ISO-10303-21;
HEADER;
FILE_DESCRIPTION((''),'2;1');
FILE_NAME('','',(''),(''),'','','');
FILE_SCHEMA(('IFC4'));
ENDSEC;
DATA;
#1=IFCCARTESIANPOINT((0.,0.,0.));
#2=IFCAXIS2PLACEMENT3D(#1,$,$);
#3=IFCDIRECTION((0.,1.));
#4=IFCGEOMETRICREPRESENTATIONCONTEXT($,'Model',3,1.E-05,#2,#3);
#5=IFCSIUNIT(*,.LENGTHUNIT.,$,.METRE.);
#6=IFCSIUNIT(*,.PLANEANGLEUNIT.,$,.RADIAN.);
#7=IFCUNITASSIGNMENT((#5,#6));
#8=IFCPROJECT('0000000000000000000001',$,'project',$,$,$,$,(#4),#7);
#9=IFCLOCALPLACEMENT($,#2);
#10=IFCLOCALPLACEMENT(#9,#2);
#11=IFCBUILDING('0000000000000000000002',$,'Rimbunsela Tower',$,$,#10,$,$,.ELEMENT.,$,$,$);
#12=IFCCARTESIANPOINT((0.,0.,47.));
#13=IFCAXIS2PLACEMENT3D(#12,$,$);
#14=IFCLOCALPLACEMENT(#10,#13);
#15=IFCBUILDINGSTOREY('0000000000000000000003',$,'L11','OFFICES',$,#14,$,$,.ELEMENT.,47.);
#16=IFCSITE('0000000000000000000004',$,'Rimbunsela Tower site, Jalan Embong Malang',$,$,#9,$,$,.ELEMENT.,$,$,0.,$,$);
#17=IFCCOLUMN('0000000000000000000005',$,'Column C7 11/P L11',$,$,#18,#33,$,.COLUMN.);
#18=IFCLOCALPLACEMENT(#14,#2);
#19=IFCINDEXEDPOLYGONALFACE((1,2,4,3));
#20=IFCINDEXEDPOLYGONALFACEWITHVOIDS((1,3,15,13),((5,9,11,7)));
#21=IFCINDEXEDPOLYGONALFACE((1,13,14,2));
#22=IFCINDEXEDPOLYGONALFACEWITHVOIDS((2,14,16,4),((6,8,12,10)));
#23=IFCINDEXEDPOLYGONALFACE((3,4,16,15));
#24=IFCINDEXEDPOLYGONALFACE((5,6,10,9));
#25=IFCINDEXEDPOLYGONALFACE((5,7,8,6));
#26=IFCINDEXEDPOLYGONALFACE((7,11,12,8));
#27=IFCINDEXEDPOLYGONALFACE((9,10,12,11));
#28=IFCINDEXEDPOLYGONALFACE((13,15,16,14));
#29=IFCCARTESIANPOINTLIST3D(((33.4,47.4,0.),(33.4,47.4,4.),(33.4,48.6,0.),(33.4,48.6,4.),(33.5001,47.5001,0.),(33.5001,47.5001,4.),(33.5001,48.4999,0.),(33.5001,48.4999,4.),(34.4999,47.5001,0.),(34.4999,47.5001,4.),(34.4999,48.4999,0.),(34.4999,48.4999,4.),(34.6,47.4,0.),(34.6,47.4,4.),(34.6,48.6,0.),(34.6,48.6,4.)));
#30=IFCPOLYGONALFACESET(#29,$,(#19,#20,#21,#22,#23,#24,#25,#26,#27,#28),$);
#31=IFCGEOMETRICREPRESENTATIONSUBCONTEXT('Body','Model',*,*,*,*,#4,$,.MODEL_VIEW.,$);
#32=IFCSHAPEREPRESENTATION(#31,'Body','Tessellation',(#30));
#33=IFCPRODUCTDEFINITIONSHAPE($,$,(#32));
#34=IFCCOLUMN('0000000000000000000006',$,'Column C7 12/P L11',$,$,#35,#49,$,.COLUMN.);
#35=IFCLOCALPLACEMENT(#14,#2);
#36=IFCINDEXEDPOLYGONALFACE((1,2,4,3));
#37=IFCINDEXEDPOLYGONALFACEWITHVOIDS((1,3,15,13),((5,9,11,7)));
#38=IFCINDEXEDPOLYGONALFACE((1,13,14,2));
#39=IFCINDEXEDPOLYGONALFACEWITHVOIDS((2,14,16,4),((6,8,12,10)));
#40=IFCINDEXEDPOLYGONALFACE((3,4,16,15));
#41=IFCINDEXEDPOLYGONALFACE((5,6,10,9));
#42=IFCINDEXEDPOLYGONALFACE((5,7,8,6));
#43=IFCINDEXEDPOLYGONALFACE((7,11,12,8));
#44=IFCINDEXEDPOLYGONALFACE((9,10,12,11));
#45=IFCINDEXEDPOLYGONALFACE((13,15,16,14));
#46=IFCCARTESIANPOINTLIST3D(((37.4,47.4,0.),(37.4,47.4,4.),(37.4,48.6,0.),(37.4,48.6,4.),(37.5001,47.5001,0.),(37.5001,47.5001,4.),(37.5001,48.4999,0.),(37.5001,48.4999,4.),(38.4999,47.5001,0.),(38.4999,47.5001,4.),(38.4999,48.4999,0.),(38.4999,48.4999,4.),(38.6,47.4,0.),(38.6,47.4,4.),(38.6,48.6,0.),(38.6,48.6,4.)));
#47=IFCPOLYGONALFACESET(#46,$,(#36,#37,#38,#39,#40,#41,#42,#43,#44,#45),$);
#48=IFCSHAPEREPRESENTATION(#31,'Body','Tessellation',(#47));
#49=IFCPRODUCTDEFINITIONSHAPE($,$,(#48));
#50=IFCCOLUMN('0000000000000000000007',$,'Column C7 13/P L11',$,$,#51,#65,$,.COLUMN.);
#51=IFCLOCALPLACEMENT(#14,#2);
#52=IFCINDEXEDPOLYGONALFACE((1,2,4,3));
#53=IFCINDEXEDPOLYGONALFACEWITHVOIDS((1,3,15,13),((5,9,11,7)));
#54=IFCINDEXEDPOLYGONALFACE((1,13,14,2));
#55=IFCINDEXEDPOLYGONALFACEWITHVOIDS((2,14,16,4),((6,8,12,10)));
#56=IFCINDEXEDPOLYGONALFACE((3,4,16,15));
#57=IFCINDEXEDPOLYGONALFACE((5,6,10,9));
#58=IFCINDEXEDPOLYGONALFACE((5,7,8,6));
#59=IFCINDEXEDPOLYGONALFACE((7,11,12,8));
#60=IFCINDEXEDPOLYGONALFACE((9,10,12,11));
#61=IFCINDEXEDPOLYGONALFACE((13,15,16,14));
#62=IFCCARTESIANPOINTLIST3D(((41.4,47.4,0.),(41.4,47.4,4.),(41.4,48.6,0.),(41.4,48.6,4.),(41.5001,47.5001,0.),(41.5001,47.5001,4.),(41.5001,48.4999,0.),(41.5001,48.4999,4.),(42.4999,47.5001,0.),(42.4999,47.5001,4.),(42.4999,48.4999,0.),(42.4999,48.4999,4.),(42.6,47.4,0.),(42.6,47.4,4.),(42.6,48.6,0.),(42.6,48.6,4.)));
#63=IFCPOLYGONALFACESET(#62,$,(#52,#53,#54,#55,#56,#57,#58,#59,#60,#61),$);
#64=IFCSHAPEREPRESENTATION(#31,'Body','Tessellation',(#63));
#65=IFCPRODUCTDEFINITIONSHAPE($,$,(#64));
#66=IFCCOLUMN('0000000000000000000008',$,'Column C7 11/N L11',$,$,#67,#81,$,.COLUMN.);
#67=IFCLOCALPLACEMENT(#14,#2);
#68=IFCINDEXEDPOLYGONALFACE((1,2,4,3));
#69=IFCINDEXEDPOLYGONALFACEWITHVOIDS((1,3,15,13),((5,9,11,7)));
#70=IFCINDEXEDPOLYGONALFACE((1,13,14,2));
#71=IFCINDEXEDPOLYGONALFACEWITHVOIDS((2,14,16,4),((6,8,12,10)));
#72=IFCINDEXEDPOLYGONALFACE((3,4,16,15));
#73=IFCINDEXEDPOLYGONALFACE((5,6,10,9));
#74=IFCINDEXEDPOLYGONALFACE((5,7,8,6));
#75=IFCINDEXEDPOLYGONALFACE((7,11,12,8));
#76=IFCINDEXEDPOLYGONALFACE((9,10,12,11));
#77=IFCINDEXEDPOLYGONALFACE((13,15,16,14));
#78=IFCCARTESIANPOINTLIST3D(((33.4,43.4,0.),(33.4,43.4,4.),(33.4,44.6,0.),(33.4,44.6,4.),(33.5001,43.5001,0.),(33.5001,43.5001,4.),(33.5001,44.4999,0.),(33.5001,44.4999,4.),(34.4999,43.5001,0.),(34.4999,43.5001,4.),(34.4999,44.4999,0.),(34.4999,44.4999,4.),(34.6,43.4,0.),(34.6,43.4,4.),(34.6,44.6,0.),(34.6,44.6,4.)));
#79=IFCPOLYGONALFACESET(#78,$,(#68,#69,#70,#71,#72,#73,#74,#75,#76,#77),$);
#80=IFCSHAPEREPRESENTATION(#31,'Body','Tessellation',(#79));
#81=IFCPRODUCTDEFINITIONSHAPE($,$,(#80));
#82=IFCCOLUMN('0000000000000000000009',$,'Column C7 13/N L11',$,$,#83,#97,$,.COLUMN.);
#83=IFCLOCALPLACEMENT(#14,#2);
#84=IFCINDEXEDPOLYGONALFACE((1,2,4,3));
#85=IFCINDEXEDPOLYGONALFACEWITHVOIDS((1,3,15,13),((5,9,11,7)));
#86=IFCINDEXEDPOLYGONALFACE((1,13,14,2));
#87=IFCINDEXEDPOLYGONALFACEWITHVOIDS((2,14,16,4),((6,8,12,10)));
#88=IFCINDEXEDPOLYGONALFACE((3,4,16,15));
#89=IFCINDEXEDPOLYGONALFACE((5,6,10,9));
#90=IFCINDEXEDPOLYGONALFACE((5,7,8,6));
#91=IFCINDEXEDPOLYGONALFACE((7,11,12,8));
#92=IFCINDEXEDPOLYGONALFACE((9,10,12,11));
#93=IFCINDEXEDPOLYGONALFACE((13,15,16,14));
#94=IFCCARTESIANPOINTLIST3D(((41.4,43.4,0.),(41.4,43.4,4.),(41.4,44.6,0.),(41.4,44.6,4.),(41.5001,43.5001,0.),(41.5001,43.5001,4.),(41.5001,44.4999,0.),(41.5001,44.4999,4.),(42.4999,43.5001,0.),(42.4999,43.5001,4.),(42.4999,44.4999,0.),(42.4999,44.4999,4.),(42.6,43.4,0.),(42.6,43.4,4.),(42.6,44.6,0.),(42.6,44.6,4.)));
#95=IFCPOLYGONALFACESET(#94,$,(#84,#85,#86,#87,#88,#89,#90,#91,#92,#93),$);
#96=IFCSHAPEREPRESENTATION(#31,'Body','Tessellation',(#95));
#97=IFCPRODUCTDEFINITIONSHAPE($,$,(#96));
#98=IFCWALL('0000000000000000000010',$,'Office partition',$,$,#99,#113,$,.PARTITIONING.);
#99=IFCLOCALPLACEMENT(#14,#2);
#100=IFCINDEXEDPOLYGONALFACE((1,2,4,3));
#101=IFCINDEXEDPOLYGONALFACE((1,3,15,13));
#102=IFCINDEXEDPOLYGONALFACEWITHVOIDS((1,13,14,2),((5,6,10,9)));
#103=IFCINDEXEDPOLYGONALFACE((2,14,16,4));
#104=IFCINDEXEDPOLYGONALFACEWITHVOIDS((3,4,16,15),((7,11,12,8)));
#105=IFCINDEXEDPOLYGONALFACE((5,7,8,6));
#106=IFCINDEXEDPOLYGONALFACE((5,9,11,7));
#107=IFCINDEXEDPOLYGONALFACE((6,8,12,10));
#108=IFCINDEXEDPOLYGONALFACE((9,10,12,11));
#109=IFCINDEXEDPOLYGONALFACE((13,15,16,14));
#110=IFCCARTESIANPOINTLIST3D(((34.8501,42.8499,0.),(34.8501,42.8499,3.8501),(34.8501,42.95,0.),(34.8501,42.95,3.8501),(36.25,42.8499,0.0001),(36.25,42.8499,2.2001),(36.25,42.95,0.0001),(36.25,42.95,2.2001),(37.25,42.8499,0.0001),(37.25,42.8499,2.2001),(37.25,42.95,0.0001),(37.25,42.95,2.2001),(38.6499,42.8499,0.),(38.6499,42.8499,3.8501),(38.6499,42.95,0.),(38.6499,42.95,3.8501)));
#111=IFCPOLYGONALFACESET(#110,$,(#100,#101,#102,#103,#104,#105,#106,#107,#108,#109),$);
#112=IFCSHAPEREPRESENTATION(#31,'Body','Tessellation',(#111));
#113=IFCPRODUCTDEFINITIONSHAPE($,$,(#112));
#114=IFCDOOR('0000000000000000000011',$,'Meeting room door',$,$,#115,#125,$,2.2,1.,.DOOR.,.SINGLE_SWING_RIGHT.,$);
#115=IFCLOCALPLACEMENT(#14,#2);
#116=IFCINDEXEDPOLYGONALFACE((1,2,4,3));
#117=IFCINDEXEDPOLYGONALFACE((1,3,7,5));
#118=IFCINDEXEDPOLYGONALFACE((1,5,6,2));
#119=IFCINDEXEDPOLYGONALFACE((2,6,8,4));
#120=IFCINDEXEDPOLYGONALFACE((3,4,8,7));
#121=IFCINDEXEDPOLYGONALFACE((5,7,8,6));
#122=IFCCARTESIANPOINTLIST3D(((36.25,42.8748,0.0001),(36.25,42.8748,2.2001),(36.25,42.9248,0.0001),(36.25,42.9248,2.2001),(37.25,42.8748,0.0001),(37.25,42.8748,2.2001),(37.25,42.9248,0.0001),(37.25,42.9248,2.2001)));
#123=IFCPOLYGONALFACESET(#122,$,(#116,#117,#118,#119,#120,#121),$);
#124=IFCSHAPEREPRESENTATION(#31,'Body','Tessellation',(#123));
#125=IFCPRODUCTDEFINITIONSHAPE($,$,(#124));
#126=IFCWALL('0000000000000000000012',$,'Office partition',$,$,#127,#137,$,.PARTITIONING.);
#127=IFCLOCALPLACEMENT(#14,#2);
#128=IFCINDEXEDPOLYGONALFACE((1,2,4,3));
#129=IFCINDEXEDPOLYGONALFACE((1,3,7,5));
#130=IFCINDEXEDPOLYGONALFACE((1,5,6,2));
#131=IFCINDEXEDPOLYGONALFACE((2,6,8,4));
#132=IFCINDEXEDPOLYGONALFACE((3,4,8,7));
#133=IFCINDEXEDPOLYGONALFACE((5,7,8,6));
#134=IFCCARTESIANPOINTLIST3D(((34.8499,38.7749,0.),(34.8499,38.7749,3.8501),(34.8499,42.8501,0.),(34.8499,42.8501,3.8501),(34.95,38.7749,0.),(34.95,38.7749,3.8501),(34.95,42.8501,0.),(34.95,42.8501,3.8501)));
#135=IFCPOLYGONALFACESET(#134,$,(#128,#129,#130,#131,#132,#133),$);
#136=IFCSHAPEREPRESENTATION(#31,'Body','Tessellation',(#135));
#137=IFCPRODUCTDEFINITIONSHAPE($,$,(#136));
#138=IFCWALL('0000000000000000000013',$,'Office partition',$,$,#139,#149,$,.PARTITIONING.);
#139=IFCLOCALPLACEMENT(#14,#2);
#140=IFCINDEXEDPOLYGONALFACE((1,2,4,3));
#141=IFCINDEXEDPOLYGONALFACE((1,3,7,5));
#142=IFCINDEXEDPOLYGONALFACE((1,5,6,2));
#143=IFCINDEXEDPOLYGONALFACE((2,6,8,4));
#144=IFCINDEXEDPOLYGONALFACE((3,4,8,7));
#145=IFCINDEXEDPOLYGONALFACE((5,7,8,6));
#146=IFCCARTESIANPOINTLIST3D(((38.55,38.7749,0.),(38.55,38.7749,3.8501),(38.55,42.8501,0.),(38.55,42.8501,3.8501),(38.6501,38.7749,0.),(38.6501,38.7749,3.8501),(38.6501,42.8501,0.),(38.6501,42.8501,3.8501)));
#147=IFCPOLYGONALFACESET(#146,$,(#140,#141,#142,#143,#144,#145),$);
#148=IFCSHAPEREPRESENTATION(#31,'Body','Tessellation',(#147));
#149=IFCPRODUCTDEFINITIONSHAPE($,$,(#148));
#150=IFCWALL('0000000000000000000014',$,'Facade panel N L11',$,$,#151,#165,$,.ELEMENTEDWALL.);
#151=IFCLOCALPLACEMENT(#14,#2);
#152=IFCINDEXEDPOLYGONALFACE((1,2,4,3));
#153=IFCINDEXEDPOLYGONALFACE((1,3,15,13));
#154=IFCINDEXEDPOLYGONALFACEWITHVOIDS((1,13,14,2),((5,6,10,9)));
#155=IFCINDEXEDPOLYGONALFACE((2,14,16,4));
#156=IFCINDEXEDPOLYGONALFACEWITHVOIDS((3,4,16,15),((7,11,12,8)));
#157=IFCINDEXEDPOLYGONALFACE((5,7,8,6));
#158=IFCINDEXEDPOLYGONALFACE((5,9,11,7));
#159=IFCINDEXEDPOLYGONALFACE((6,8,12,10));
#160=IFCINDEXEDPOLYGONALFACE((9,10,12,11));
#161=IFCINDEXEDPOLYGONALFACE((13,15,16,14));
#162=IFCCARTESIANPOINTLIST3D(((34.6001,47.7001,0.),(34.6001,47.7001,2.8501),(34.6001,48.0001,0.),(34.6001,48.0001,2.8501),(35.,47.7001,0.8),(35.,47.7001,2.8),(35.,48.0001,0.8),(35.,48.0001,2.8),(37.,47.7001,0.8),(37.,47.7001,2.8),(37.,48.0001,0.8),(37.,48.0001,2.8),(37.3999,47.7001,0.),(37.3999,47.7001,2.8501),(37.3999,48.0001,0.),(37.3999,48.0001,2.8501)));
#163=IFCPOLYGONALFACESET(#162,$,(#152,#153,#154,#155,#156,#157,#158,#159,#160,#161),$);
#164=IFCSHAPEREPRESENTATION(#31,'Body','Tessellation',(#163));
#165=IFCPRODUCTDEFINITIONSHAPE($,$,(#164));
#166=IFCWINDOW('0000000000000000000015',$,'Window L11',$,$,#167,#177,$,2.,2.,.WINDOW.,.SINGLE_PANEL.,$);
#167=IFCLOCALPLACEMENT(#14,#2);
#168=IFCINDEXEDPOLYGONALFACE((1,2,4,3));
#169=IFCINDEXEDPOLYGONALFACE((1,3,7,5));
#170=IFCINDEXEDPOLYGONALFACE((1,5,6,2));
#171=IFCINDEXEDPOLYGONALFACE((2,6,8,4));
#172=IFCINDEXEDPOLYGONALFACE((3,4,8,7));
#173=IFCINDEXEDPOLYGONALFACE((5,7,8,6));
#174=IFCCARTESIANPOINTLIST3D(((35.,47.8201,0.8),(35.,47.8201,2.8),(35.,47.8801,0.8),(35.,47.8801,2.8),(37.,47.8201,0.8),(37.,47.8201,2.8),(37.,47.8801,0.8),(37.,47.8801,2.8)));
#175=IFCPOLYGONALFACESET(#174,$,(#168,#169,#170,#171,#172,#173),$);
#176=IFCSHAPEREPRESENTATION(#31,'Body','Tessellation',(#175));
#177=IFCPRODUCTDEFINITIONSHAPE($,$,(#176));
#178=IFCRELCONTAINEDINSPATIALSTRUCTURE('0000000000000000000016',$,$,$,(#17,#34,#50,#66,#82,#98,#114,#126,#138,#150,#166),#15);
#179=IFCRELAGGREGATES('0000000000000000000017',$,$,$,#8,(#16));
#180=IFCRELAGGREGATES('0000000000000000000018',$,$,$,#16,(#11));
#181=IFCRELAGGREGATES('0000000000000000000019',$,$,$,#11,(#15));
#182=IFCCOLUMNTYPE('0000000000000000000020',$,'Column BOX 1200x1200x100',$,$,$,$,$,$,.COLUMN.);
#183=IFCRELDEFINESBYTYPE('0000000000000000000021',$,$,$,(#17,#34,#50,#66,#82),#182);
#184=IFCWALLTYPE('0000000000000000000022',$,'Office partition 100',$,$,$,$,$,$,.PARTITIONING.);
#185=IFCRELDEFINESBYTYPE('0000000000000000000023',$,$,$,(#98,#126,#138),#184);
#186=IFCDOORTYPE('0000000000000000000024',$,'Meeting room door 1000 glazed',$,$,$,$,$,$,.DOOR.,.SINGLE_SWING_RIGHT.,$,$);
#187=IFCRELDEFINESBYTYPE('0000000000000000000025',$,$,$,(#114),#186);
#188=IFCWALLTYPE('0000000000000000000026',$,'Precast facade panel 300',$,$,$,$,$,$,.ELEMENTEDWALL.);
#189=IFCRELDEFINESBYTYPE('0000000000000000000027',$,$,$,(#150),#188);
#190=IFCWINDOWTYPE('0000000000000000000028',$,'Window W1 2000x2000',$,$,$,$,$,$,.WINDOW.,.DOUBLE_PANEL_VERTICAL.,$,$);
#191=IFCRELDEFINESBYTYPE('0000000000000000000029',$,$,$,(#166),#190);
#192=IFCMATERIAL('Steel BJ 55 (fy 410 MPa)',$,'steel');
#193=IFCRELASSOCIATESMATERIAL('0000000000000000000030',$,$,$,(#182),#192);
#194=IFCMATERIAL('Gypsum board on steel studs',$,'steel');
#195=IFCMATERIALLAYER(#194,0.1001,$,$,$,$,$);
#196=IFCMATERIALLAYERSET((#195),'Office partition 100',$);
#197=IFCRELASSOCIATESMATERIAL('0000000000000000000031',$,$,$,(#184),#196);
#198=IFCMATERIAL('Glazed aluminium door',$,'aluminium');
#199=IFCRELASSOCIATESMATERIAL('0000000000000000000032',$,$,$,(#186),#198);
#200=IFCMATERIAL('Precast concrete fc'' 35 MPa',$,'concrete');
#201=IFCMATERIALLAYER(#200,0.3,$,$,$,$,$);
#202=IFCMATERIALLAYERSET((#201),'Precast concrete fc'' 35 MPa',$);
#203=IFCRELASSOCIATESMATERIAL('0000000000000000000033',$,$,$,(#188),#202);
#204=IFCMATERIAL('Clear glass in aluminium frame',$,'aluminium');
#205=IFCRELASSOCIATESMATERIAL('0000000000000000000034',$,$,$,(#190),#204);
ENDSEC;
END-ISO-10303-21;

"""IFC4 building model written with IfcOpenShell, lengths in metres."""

from ifc_helpers import new_model, si_unit, direction, frame, frame_2d, origin, origin_2d, place, context, subcontext, project, spatial, rectangle, hollow_rectangle, extrude, material, layer, layer_set, material_profile, profile_set, type_object, element, fill, save


model = new_model("IFC4")

# Units and contexts
model_context = context("Model", 3, precision=1e-05, world=origin(), true_north=direction((0.0, 1.0)))
body_context = subcontext(model_context, "Body", "Model", "MODEL_VIEW")
ifc_project = project(units=[si_unit("LENGTHUNIT", "METRE"), si_unit("PLANEANGLEUNIT", "RADIAN")], contexts=[model_context])

# Site, building, storey
site_placement = place(None, origin())
site = spatial("IfcSite", under=ifc_project, at=site_placement, Name="Rimbunsela Tower site, Jalan Embong Malang", CompositionType="ELEMENT", RefElevation=0.0)
building_placement = place(site_placement, origin())
building = spatial("IfcBuilding", under=site, at=building_placement, Name="Rimbunsela Tower", CompositionType="ELEMENT")
storey_placement = place(building_placement, frame((0.0, 0.0, 47.0)))
storey = spatial("IfcBuildingStorey", under=building, at=storey_placement, Name="L11", Description="OFFICES", CompositionType="ELEMENT", Elevation=47.0)

# Columns
ifc_material_1 = material(Name="Steel BJ 55 (fy 410 MPa)", Category="steel")
ifc_material_profile = material_profile(ifc_material_1, hollow_rectangle(XDim=1.2, YDim=1.2, WallThickness=0.1001, at=origin_2d()), Name="BOX 1200x1200x100")
ifc_profile_set = profile_set([ifc_material_profile], Name="Steel BJ 55 (fy 410 MPa)")
column_type = type_object("IfcColumnType", Name="Column BOX 1200x1200x100", PredefinedType="COLUMN", material=ifc_profile_set)
for number, where, z_axis, x_axis, name in (
    (1, (34.0, 48.0, 0.0), (0.0, 0.0, 1.0), (1.0, 0.0, 0.0), "Column C7 11/P L11"),
    (2, (38.0, 48.0, 0.0), (0.0, 0.0, 1.0), (1.0, 0.0, 0.0), "Column C7 12/P L11"),
    (3, (42.0, 48.0, 0.0), (0.0, 0.0, 1.0), (1.0, 0.0, 0.0), "Column C7 13/P L11"),
    (4, (34.0, 44.0, 0.0), (0.0, 0.0, 1.0), (1.0, 0.0, 0.0), "Column C7 11/N L11"),
    (5, (42.0, 44.0, 0.0), (0.0, 0.0, 1.0), (1.0, 0.0, 0.0), "Column C7 13/N L11"),
):
    element("IfcColumn", number, at=place(storey_placement, frame(where, z_axis=z_axis, x_axis=x_axis)), inside=storey, type_object=column_type, Name=name, PredefinedType="COLUMN", context=body_context, shape_type="SweptSolid", body=[
        extrude(hollow_rectangle(XDim=1.2, YDim=1.2, WallThickness=0.1001, at=origin_2d()), origin(), (0.0, 0.0, 1.0), 4.0),
    ])

# Wall, opening, door
ifc_material_2 = material(Name="Gypsum board on steel studs", Category="steel")
ifc_layer_1 = layer(ifc_material_2, 0.1001)
ifc_layer_set_1 = layer_set([ifc_layer_1], Name="Office partition 100")
wall_type_1 = type_object("IfcWallType", Name="Office partition 100", PredefinedType="PARTITIONING", material=ifc_layer_set_1)
wall_1_placement = place(storey_placement, frame((34.8501, 42.8999, 0.0), z_axis=(0.0, 0.0, 1.0), x_axis=(1.0, 0.0, 0.0)))
wall_1 = element("IfcWall", 6, at=wall_1_placement, inside=storey, type_object=wall_type_1, Name="Office partition", PredefinedType="PARTITIONING", context=body_context, shape_type="SweptSolid", body=[
    extrude(rectangle(XDim=3.7998, YDim=0.1001, at=frame_2d((1.8999, 0.0))), origin(), (0.0, 0.0, 1.0), 3.8501),
])
opening_1_placement = place(wall_1_placement, frame((1.3999, 0.0, 0.0)))
opening_1 = element("IfcOpeningElement", 7, at=opening_1_placement, cuts=wall_1, PredefinedType="OPENING", context=body_context, shape_type="SweptSolid", body=[
    extrude(rectangle(XDim=1.0, YDim=2.2, at=frame_2d((0.5, 1.1001))), frame((0.0, 0.0601, 0.0), z_axis=(0.0, -1.0, 0.0), x_axis=(1.0, 0.0, 0.0)), (0.0, 0.0, 1.0), 0.1201),
])
ifc_material_3 = material(Name="Glazed aluminium door", Category="aluminium")
door_type = type_object("IfcDoorType", Name="Meeting room door 1000 glazed", OperationType="SINGLE_SWING_RIGHT", PredefinedType="DOOR", material=ifc_material_3)
door_placement = place(opening_1_placement, origin())
door = element("IfcDoor", 8, at=door_placement, inside=storey, type_object=door_type, Name="Meeting room door", OperationType="SINGLE_SWING_RIGHT", OverallHeight=2.2, OverallWidth=1.0, PredefinedType="DOOR", context=body_context, shape_type="SweptSolid", body=[
    extrude(rectangle(XDim=1.0, YDim=2.2, at=frame_2d((0.5, 1.1001))), frame((0.0, 0.0249, 0.0), z_axis=(0.0, -1.0, 0.0), x_axis=(1.0, 0.0, 0.0)), (0.0, 0.0, 1.0), 0.05),
])
fill(opening_1, door)

# Walls
for number, where, z_axis, x_axis, name in (
    (9, (34.8999, 38.7749, 0.0), (0.0, 0.0, 1.0), (0.0, 1.0, 0.0), "Office partition"),
    (10, (38.6001, 38.7749, 0.0), (0.0, 0.0, 1.0), (0.0, 1.0, 0.0), "Office partition"),
):
    element("IfcWall", number, at=place(storey_placement, frame(where, z_axis=z_axis, x_axis=x_axis)), inside=storey, type_object=wall_type_1, Name=name, PredefinedType="PARTITIONING", context=body_context, shape_type="SweptSolid", body=[
        extrude(rectangle(XDim=4.0752, YDim=0.1001, at=frame_2d((2.0376, 0.0))), origin(), (0.0, 0.0, 1.0), 3.8501),
    ])

# Wall, opening, window
ifc_material_4 = material(Name="Precast concrete fc' 35 MPa", Category="concrete")
ifc_layer_2 = layer(ifc_material_4, 0.3)
ifc_layer_set_2 = layer_set([ifc_layer_2], Name="Precast concrete fc' 35 MPa")
wall_type_2 = type_object("IfcWallType", Name="Precast facade panel 300", PredefinedType="ELEMENTEDWALL", material=ifc_layer_set_2)
wall_2_placement = place(storey_placement, frame((37.3999, 47.8501, 0.0), z_axis=(0.0, 0.0, 1.0), x_axis=(-1.0, 0.0, 0.0)))
wall_2 = element("IfcWall", 11, at=wall_2_placement, inside=storey, type_object=wall_type_2, Name="Facade panel N L11", PredefinedType="ELEMENTEDWALL", context=body_context, shape_type="SweptSolid", body=[
    extrude(rectangle(XDim=2.7998, YDim=0.3, at=frame_2d((1.3999, 0.0))), origin(), (0.0, 0.0, 1.0), 2.8501),
])
opening_2_placement = place(wall_2_placement, frame((0.3999, 0.0, 0.8)))
opening_2 = element("IfcOpeningElement", 12, at=opening_2_placement, cuts=wall_2, PredefinedType="OPENING", context=body_context, shape_type="SweptSolid", body=[
    extrude(rectangle(XDim=2.0, YDim=2.0, at=frame_2d((1.0, 1.0))), frame((0.0, 0.1599, 0.0), z_axis=(0.0, -1.0, 0.0), x_axis=(1.0, 0.0, 0.0)), (0.0, 0.0, 1.0), 0.3201),
])
ifc_material_5 = material(Name="Clear glass in aluminium frame", Category="aluminium")
window_type = type_object("IfcWindowType", Name="Window W1 2000x2000", PartitioningType="DOUBLE_PANEL_VERTICAL", PredefinedType="WINDOW", material=ifc_material_5)
window_1_placement = place(opening_2_placement, origin())
window_1 = element("IfcWindow", 13, at=window_1_placement, inside=storey, type_object=window_type, Name="Window L11", OverallHeight=2.0, OverallWidth=2.0, PartitioningType="SINGLE_PANEL", PredefinedType="WINDOW", context=body_context, shape_type="SweptSolid", body=[
    extrude(rectangle(XDim=2.0, YDim=2.0, at=frame_2d((1.0, 1.0))), frame((0.0, 0.03, 0.0), z_axis=(0.0, -1.0, 0.0), x_axis=(1.0, 0.0, 0.0)), (0.0, 0.0, 1.0), 0.0601),
])
fill(opening_2, window_1)

save(model, "model.ifc")
